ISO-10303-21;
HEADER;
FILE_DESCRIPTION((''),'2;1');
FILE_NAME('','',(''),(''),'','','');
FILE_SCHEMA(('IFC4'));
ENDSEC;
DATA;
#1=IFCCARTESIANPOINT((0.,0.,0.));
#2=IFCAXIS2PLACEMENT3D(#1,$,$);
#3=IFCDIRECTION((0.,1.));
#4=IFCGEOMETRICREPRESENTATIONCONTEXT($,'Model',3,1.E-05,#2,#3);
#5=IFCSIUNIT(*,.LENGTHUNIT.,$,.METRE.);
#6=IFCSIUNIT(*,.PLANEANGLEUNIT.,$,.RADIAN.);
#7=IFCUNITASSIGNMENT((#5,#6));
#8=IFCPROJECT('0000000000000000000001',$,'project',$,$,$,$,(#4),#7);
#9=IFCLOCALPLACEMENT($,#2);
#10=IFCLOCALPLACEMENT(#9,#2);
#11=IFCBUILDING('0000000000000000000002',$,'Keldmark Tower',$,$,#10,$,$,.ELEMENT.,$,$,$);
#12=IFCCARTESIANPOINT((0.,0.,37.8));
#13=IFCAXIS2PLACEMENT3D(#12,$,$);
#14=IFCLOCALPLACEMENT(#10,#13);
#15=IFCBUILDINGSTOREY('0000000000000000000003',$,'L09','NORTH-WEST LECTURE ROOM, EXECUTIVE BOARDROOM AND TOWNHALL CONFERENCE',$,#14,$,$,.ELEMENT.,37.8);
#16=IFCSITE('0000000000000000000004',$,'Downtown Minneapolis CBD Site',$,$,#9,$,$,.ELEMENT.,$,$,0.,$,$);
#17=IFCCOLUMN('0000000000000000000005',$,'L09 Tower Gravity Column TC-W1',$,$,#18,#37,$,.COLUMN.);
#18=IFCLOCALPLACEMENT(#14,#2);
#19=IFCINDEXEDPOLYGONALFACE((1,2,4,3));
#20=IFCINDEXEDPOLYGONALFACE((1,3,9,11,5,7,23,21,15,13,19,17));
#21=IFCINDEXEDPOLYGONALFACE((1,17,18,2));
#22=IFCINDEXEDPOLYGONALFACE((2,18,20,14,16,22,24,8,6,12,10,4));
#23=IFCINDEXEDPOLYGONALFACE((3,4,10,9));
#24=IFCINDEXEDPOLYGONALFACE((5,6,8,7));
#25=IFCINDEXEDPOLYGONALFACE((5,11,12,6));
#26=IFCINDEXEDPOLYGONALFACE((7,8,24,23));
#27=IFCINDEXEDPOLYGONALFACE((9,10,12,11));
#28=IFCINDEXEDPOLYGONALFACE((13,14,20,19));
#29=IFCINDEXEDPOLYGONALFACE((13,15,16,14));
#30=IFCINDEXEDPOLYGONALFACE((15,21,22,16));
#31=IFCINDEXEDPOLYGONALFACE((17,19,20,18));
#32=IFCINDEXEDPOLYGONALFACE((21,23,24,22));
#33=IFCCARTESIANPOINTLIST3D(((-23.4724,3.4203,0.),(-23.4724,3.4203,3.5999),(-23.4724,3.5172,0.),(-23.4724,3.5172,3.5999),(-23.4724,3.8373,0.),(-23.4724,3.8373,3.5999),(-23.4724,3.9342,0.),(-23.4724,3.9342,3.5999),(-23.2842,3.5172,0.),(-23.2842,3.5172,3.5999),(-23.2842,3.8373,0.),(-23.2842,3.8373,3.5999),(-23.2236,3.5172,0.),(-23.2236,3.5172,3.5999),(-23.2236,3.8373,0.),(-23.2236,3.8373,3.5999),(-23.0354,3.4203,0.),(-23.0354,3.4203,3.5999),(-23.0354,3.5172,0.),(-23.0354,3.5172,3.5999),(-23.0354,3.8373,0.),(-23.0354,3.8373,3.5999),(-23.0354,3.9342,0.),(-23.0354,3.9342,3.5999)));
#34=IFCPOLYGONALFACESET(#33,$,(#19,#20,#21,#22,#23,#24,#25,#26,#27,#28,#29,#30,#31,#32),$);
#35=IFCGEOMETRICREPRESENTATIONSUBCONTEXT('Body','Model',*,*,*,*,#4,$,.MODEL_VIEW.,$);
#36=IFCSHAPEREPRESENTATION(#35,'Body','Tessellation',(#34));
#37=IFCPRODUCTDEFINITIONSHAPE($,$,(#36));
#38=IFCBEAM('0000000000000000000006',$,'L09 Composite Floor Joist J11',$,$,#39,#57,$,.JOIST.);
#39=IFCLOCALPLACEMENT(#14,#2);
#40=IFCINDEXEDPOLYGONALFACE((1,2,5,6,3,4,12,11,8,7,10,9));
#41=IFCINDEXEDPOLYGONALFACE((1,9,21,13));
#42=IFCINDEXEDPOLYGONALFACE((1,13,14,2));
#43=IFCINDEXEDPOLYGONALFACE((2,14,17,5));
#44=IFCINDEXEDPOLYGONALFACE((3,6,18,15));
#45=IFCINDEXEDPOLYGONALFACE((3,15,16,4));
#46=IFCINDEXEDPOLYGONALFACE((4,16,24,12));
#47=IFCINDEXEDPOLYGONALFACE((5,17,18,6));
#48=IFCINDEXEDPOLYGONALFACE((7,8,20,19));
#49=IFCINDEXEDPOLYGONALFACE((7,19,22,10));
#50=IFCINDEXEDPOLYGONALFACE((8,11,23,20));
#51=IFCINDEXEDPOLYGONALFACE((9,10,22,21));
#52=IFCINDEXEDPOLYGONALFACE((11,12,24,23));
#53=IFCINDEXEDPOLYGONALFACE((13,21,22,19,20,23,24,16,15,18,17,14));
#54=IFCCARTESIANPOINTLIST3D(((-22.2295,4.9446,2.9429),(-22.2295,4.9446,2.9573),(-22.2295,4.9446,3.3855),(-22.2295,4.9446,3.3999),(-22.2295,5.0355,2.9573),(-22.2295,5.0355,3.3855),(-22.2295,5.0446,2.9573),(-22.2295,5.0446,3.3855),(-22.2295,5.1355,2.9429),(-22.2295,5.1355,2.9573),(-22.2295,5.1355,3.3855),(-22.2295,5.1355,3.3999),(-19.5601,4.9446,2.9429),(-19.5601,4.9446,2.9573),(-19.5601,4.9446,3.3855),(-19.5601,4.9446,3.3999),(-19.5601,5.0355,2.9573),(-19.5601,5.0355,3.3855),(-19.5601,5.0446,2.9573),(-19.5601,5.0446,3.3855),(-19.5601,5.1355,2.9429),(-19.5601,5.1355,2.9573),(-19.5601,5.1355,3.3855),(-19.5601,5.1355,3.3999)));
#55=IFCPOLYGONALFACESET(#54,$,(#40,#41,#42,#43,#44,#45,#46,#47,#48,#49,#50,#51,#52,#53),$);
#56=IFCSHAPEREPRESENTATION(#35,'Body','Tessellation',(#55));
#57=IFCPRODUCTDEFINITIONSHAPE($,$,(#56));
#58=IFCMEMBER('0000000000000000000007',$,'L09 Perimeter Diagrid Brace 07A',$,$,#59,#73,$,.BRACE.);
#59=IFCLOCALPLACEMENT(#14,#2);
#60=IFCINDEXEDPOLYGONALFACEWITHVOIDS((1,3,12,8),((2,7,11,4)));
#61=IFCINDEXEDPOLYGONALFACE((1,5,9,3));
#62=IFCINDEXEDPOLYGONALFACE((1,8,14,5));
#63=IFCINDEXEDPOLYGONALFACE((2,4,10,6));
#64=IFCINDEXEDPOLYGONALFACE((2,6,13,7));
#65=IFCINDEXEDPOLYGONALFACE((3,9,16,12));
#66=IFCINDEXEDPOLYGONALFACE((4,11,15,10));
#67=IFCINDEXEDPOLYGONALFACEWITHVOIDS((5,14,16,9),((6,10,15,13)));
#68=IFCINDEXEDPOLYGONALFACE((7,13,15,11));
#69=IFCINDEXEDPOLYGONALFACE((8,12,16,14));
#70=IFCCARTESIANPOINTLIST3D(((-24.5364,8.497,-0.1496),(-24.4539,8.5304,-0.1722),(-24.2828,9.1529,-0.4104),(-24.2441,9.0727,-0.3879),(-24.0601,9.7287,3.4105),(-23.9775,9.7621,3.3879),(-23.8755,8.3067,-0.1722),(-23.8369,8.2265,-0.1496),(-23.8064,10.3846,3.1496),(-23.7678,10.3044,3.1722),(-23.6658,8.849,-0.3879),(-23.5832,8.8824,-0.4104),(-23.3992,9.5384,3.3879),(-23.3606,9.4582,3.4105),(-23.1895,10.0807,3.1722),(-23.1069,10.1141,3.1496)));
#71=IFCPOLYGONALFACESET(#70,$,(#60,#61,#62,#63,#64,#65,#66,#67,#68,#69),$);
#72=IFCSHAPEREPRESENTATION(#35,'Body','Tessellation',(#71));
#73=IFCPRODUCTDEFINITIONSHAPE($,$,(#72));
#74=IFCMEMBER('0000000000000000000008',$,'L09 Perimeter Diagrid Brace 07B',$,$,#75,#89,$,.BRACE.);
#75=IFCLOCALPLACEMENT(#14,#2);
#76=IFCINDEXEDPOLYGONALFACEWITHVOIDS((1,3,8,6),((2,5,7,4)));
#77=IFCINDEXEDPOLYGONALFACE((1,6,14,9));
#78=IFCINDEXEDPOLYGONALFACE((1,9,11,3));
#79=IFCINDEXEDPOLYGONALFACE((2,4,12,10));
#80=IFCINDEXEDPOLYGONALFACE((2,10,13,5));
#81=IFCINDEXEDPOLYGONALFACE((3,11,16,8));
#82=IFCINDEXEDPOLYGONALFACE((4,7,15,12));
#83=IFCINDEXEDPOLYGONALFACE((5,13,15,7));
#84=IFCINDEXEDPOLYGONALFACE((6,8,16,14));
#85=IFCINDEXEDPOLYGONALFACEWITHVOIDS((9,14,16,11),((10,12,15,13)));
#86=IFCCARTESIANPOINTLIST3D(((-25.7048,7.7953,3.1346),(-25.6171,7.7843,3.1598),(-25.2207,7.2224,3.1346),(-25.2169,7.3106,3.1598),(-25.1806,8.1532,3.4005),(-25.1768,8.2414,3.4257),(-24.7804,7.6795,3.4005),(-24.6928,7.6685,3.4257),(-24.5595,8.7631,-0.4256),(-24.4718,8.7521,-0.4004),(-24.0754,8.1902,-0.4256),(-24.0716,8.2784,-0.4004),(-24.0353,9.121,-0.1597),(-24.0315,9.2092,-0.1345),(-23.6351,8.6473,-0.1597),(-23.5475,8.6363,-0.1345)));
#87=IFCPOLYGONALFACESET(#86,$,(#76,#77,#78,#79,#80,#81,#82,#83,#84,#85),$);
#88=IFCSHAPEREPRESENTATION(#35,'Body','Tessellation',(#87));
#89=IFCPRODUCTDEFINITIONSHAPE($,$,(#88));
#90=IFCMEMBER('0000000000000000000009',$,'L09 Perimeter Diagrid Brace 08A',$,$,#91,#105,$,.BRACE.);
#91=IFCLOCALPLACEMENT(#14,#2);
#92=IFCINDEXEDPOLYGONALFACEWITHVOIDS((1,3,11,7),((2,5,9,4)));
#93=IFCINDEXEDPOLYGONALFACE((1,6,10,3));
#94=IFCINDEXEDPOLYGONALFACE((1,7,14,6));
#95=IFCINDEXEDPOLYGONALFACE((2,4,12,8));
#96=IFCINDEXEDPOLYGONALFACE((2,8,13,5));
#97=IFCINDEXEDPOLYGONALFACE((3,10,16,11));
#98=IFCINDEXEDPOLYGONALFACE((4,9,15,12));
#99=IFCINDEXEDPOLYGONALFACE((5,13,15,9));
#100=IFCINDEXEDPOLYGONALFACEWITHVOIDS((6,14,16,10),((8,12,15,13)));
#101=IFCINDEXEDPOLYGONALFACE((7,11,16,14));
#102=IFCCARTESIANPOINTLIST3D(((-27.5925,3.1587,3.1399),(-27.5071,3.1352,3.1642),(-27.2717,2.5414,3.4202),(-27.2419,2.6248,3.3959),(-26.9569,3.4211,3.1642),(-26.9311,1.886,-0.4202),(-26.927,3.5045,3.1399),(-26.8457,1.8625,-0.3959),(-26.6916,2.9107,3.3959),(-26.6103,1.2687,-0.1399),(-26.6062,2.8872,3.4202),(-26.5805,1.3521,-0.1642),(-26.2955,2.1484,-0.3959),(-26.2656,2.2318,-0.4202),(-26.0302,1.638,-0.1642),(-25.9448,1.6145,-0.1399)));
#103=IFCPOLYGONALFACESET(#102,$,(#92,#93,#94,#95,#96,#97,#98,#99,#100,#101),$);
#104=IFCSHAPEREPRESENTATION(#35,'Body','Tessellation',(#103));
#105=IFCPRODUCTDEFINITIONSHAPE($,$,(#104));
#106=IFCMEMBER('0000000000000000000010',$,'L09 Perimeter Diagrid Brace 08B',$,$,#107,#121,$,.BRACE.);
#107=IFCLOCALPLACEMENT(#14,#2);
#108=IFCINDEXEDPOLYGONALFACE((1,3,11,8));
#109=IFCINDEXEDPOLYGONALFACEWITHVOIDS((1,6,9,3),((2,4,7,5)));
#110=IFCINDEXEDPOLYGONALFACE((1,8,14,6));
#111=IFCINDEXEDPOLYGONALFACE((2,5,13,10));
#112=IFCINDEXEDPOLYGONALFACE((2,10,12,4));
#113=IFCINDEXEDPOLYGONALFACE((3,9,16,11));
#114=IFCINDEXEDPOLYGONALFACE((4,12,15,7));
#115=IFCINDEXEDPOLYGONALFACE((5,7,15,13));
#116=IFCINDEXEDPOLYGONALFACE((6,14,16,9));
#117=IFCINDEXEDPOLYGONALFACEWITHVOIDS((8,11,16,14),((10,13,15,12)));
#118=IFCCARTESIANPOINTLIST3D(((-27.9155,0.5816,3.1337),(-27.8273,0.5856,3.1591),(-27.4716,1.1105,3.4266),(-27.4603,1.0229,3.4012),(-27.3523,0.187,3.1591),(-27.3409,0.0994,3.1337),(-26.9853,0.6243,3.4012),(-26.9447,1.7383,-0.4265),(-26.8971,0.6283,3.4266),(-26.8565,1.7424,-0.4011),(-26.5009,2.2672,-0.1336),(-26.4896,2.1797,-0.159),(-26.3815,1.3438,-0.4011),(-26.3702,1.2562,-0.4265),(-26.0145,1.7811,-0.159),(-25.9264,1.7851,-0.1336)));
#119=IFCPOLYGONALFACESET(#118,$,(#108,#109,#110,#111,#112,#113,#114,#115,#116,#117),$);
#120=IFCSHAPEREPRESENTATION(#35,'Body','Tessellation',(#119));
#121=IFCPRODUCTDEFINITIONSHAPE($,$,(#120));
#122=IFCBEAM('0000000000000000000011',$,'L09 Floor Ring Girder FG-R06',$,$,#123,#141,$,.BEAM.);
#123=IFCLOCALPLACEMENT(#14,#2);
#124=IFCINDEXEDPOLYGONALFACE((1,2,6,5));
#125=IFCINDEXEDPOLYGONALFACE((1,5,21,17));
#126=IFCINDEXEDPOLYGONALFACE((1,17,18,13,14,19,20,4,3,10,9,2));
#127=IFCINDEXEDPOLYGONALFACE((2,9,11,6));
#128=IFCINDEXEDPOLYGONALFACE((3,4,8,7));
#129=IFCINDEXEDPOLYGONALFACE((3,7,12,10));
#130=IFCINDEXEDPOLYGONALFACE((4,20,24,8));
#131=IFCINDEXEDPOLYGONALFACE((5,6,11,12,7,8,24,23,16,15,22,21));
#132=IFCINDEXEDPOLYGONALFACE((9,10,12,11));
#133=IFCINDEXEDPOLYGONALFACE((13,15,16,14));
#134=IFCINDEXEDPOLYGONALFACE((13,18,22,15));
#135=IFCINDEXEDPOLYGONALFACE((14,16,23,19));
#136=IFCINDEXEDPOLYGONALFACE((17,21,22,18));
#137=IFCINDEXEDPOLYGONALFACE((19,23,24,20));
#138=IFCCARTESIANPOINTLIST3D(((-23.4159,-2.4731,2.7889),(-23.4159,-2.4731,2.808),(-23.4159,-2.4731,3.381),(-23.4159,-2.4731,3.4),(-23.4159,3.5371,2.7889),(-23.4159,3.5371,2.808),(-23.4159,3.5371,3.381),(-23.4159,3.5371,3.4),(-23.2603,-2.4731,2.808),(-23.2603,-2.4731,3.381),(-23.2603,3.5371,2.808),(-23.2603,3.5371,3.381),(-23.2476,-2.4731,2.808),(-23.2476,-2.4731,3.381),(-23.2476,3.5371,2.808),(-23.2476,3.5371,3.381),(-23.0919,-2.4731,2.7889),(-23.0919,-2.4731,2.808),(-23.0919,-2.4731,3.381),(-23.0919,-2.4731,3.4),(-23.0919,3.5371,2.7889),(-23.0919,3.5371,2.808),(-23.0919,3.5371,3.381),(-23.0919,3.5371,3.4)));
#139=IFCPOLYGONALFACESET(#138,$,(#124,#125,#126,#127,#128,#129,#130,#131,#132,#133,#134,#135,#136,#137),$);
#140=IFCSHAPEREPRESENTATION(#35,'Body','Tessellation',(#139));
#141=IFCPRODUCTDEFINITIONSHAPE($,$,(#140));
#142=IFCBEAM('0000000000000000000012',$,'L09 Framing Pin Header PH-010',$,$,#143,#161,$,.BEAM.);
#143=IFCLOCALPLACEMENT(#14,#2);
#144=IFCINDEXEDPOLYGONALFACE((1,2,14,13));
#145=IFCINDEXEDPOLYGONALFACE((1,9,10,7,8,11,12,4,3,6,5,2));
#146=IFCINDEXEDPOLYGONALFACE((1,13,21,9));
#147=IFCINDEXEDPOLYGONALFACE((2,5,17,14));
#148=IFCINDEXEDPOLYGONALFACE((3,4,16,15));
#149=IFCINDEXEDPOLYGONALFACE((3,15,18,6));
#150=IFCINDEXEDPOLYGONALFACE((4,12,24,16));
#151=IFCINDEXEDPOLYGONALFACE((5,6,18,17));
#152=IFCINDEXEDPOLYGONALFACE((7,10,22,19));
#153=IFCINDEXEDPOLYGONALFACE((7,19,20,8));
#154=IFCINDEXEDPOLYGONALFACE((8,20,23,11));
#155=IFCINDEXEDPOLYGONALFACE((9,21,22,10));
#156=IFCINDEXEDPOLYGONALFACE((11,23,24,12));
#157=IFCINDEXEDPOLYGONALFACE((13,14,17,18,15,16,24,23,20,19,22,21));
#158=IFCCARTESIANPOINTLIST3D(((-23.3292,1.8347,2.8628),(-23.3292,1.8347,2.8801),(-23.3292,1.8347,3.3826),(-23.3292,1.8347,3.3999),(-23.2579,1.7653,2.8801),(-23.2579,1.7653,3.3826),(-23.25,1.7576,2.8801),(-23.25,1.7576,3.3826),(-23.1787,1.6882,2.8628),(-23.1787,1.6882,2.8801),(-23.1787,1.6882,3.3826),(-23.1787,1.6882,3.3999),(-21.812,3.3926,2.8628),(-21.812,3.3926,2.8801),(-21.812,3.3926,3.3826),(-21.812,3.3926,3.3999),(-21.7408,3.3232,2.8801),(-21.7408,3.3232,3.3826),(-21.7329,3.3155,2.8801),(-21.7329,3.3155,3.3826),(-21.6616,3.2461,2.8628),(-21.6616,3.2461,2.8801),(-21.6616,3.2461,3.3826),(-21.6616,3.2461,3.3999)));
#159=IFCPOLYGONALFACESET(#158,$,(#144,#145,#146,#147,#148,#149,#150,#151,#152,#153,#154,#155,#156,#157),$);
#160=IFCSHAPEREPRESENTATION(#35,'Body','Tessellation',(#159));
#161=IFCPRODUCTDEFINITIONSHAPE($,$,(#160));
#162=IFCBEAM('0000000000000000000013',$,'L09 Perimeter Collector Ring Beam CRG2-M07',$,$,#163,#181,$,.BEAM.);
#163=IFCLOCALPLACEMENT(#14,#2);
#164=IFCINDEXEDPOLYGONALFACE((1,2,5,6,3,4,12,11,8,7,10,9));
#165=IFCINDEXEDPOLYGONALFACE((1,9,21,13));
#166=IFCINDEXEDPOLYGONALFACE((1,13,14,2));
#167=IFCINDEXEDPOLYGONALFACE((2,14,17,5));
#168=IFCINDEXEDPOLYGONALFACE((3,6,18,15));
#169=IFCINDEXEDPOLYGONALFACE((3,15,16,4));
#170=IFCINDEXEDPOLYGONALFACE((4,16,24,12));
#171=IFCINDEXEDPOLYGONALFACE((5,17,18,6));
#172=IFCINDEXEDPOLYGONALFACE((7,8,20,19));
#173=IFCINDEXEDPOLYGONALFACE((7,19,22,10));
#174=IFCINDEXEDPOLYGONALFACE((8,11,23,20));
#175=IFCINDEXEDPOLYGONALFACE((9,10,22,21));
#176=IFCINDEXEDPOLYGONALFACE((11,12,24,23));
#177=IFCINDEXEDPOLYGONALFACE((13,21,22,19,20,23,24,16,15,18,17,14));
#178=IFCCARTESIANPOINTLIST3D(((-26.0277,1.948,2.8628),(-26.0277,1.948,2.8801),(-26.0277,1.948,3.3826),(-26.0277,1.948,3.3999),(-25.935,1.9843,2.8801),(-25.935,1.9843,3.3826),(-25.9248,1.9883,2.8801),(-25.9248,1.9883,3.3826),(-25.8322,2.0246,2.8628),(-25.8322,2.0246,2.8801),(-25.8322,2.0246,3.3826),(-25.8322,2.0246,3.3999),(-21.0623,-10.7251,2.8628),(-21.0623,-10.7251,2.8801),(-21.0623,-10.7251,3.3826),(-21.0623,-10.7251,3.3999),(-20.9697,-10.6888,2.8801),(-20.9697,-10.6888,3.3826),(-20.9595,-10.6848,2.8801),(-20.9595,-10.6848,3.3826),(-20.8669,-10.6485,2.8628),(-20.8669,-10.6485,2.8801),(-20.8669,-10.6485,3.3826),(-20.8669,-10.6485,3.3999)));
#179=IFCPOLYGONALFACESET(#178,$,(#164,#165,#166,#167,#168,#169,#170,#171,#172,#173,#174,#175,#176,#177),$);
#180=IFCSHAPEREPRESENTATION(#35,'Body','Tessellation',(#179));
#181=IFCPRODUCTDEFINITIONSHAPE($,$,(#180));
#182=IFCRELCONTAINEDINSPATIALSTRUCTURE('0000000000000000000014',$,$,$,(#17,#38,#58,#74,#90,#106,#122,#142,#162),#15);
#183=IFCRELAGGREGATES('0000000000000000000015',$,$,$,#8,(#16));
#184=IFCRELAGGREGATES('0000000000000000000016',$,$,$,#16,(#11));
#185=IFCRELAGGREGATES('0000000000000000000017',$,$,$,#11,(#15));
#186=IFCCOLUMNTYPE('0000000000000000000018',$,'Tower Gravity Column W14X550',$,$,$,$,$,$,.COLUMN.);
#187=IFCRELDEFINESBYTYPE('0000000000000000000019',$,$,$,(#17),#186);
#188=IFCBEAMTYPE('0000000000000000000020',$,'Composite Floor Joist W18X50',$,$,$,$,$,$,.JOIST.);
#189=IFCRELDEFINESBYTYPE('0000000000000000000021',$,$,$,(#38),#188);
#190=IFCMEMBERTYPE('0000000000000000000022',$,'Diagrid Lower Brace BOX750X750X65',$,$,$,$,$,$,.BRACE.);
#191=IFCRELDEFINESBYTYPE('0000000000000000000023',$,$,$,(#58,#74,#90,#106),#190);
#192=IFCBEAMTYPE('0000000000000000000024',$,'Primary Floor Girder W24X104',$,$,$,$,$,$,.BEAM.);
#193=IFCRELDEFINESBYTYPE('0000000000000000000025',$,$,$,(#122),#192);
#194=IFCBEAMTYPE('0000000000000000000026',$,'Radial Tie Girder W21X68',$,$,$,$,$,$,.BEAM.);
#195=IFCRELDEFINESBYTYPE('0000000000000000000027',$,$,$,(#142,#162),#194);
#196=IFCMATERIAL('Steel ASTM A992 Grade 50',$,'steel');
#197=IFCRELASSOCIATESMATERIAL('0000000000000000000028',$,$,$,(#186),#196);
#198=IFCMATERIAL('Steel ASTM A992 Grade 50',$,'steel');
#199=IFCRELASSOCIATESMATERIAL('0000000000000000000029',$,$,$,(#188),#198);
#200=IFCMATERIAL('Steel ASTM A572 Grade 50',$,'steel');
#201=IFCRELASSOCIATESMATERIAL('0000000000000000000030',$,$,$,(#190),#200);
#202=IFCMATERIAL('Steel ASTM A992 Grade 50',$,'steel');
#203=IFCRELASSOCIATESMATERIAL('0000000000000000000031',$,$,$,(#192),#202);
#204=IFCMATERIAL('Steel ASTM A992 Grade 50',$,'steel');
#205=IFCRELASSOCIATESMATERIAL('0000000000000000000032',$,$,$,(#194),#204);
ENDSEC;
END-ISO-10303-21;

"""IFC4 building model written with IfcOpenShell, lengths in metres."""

from ifc_helpers import new_model, si_unit, direction, frame, origin, origin_2d, place, context, subcontext, project, spatial, hollow_rectangle, i_section, extrude, material, material_profile, profile_set, type_object, element, save


model = new_model("IFC4")

# Units and contexts
model_context = context("Model", 3, precision=1e-05, world=origin(), true_north=direction((0.0, 1.0)))
body_context = subcontext(model_context, "Body", "Model", "MODEL_VIEW")
ifc_project = project(units=[si_unit("LENGTHUNIT", "METRE"), si_unit("PLANEANGLEUNIT", "RADIAN")], contexts=[model_context])

# Site, building, storey
site_placement = place(None, origin())
site = spatial("IfcSite", under=ifc_project, at=site_placement, Name="Downtown Minneapolis CBD Site", CompositionType="ELEMENT", RefElevation=0.0)
building_placement = place(site_placement, origin())
building = spatial("IfcBuilding", under=site, at=building_placement, Name="Keldmark Tower", CompositionType="ELEMENT")
storey_placement = place(building_placement, frame((0.0, 0.0, 37.8)))
storey = spatial("IfcBuildingStorey", under=building, at=storey_placement, Name="L09", Description="NORTH-WEST LECTURE ROOM, EXECUTIVE BOARDROOM AND TOWNHALL CONFERENCE", CompositionType="ELEMENT", Elevation=37.8)

# Column
ifc_material_1 = material(Name="Steel ASTM A992 Grade 50", Category="steel")
ifc_material_profile_1 = material_profile(ifc_material_1, i_section(OverallWidth=0.437, OverallDepth=0.5139, WebThickness=0.0605, FlangeThickness=0.0969, at=origin_2d()), Name="W14X550")
ifc_profile_set_1 = profile_set([ifc_material_profile_1], Name="Steel ASTM A992 Grade 50")
column_type = type_object("IfcColumnType", Name="Tower Gravity Column W14X550", PredefinedType="COLUMN", material=ifc_profile_set_1)
column_placement = place(storey_placement, frame((-23.2539, 3.6772, 0.0), z_axis=(0.0, 0.0, 1.0), x_axis=(1.0, 0.0, 0.0)))
element("IfcColumn", 1, at=column_placement, inside=storey, type_object=column_type, Name="L09 Tower Gravity Column TC-W1", PredefinedType="COLUMN", context=body_context, shape_type="SweptSolid", body=[
    extrude(i_section(OverallWidth=0.437, OverallDepth=0.5139, WebThickness=0.0605, FlangeThickness=0.0969, at=origin_2d()), origin(), (0.0, 0.0, 1.0), 3.5999),
])

# Beam
ifc_material_2 = material(Name="Steel ASTM A992 Grade 50", Category="steel")
ifc_material_profile_2 = material_profile(ifc_material_2, i_section(OverallWidth=0.1909, OverallDepth=0.457, WebThickness=0.009, FlangeThickness=0.0144, at=origin_2d()), Name="W18X50")
ifc_profile_set_2 = profile_set([ifc_material_profile_2], Name="Steel ASTM A992 Grade 50")
beam_type_1 = type_object("IfcBeamType", Name="Composite Floor Joist W18X50", PredefinedType="JOIST", material=ifc_profile_set_2)
beam_1_placement = place(storey_placement, frame((-22.2295, 5.04, 3.1714), z_axis=(1.0, 0.0, 0.0), x_axis=(0.0, 1.0, 0.0)))
element("IfcBeam", 2, at=beam_1_placement, inside=storey, type_object=beam_type_1, Name="L09 Composite Floor Joist J11", PredefinedType="JOIST", context=body_context, shape_type="SweptSolid", body=[
    extrude(i_section(OverallWidth=0.1909, OverallDepth=0.457, WebThickness=0.009, FlangeThickness=0.0144, at=origin_2d()), origin(), (0.0, 0.0, 1.0), 2.6694),
])

# Members
ifc_material_3 = material(Name="Steel ASTM A572 Grade 50", Category="steel")
ifc_material_profile_3 = material_profile(ifc_material_3, hollow_rectangle(XDim=0.75, YDim=0.75, WallThickness=0.0649, at=origin_2d()), Name="BOX750X750X65")
ifc_profile_set_3 = profile_set([ifc_material_profile_3], Name="Steel ASTM A572 Grade 50")
member_type = type_object("IfcMemberType", Name="Diagrid Lower Brace BOX750X750X65", PredefinedType="BRACE", material=ifc_profile_set_3)
member_1_placement = place(storey_placement, frame((-24.0598, 8.6897, -0.28), z_axis=(0.125443, 0.324377, 0.937573), x_axis=(-0.932687, 0.360688, 0.0)))
element("IfcMember", 3, at=member_1_placement, inside=storey, type_object=member_type, Name="L09 Perimeter Diagrid Brace 07A", PredefinedType="BRACE", context=body_context, shape_type="SweptSolid", body=[
    extrude(hollow_rectangle(XDim=0.75, YDim=0.75, WallThickness=0.0649, at=origin_2d()), origin(), (0.0, 0.0, 1.0), 3.7971),
])
member_2_placement = place(storey_placement, frame((-24.0535, 8.6997, -0.28), z_axis=(-0.296475, -0.250528, 0.921595), x_axis=(0.645438, -0.763812, 0.0)))
element("IfcMember", 4, at=member_2_placement, inside=storey, type_object=member_type, Name="L09 Perimeter Diagrid Brace 07B", PredefinedType="BRACE", context=body_context, shape_type="SweptSolid", body=[
    extrude(hollow_rectangle(XDim=0.75, YDim=0.75, WallThickness=0.0649, at=origin_2d()), origin(), (0.0, 0.0, 1.0), 3.863),
])
member_3_placement = place(storey_placement, frame((-26.438, 1.7502, -0.28), z_axis=(-0.172318, 0.331595, 0.927551), x_axis=(-0.887339, -0.461117, 0.0)))
element("IfcMember", 5, at=member_3_placement, inside=storey, type_object=member_type, Name="L09 Perimeter Diagrid Brace 08A", PredefinedType="BRACE", context=body_context, shape_type="SweptSolid", body=[
    extrude(hollow_rectangle(XDim=0.75, YDim=0.75, WallThickness=0.0649, at=origin_2d()), origin(), (0.0, 0.0, 1.0), 3.8381),
])
member_4_placement = place(storey_placement, frame((-26.4355, 1.7617, -0.28), z_axis=(-0.251017, -0.299124, 0.920606), x_axis=(0.766017, -0.64282, 0.0)))
element("IfcMember", 6, at=member_4_placement, inside=storey, type_object=member_type, Name="L09 Perimeter Diagrid Brace 08B", PredefinedType="BRACE", context=body_context, shape_type="SweptSolid", body=[
    extrude(hollow_rectangle(XDim=0.75, YDim=0.75, WallThickness=0.0649, at=origin_2d()), origin(), (0.0, 0.0, 1.0), 3.8672),
])

# Beams
ifc_material_4 = material(Name="Steel ASTM A992 Grade 50", Category="steel")
ifc_material_profile_4 = material_profile(ifc_material_4, i_section(OverallWidth=0.324, OverallDepth=0.6111, WebThickness=0.0127, FlangeThickness=0.019, at=origin_2d()), Name="W24X104")
ifc_profile_set_4 = profile_set([ifc_material_profile_4], Name="Steel ASTM A992 Grade 50")
beam_type_2 = type_object("IfcBeamType", Name="Primary Floor Girder W24X104", PredefinedType="BEAM", material=ifc_profile_set_4)
beam_2_placement = place(storey_placement, frame((-23.2539, 3.5371, 3.0945), z_axis=(0.0, -1.0, 0.0), x_axis=(1.0, 0.0, 0.0)))
element("IfcBeam", 7, at=beam_2_placement, inside=storey, type_object=beam_type_2, Name="L09 Floor Ring Girder FG-R06", PredefinedType="BEAM", context=body_context, shape_type="SweptSolid", body=[
    extrude(i_section(OverallWidth=0.324, OverallDepth=0.6111, WebThickness=0.0127, FlangeThickness=0.019, at=origin_2d()), origin(), (0.0, 0.0, 1.0), 6.0103),
])
ifc_material_5 = material(Name="Steel ASTM A992 Grade 50", Category="steel")
ifc_material_profile_5 = material_profile(ifc_material_5, i_section(OverallWidth=0.21, OverallDepth=0.5371, WebThickness=0.011, FlangeThickness=0.0173, at=origin_2d()), Name="W21X68")
ifc_profile_set_5 = profile_set([ifc_material_profile_5], Name="Steel ASTM A992 Grade 50")
beam_type_3 = type_object("IfcBeamType", Name="Radial Tie Girder W21X68", PredefinedType="BEAM", material=ifc_profile_set_5)
beam_3_placement = place(storey_placement, frame((-21.7368, 3.3193, 3.1313), z_axis=(-0.69767, -0.716419, 0.0), x_axis=(0.716419, -0.69767, 0.0)))
element("IfcBeam", 8, at=beam_3_placement, inside=storey, type_object=beam_type_3, Name="L09 Framing Pin Header PH-010", PredefinedType="BEAM", context=body_context, shape_type="SweptSolid", body=[
    extrude(i_section(OverallWidth=0.21, OverallDepth=0.5371, WebThickness=0.011, FlangeThickness=0.0173, at=origin_2d()), origin(), (0.0, 0.0, 1.0), 2.1746),
])
beam_4_placement = place(storey_placement, frame((-25.9299, 1.9863, 3.1313), z_axis=(0.3648, -0.931086, 0.0), x_axis=(0.931086, 0.3648, 0.0)))
element("IfcBeam", 9, at=beam_4_placement, inside=storey, type_object=beam_type_3, Name="L09 Perimeter Collector Ring Beam CRG2-M07", PredefinedType="BEAM", context=body_context, shape_type="SweptSolid", body=[
    extrude(i_section(OverallWidth=0.21, OverallDepth=0.5371, WebThickness=0.011, FlangeThickness=0.0173, at=origin_2d()), origin(), (0.0, 0.0, 1.0), 13.6111),
])

save(model, "model.ifc")
